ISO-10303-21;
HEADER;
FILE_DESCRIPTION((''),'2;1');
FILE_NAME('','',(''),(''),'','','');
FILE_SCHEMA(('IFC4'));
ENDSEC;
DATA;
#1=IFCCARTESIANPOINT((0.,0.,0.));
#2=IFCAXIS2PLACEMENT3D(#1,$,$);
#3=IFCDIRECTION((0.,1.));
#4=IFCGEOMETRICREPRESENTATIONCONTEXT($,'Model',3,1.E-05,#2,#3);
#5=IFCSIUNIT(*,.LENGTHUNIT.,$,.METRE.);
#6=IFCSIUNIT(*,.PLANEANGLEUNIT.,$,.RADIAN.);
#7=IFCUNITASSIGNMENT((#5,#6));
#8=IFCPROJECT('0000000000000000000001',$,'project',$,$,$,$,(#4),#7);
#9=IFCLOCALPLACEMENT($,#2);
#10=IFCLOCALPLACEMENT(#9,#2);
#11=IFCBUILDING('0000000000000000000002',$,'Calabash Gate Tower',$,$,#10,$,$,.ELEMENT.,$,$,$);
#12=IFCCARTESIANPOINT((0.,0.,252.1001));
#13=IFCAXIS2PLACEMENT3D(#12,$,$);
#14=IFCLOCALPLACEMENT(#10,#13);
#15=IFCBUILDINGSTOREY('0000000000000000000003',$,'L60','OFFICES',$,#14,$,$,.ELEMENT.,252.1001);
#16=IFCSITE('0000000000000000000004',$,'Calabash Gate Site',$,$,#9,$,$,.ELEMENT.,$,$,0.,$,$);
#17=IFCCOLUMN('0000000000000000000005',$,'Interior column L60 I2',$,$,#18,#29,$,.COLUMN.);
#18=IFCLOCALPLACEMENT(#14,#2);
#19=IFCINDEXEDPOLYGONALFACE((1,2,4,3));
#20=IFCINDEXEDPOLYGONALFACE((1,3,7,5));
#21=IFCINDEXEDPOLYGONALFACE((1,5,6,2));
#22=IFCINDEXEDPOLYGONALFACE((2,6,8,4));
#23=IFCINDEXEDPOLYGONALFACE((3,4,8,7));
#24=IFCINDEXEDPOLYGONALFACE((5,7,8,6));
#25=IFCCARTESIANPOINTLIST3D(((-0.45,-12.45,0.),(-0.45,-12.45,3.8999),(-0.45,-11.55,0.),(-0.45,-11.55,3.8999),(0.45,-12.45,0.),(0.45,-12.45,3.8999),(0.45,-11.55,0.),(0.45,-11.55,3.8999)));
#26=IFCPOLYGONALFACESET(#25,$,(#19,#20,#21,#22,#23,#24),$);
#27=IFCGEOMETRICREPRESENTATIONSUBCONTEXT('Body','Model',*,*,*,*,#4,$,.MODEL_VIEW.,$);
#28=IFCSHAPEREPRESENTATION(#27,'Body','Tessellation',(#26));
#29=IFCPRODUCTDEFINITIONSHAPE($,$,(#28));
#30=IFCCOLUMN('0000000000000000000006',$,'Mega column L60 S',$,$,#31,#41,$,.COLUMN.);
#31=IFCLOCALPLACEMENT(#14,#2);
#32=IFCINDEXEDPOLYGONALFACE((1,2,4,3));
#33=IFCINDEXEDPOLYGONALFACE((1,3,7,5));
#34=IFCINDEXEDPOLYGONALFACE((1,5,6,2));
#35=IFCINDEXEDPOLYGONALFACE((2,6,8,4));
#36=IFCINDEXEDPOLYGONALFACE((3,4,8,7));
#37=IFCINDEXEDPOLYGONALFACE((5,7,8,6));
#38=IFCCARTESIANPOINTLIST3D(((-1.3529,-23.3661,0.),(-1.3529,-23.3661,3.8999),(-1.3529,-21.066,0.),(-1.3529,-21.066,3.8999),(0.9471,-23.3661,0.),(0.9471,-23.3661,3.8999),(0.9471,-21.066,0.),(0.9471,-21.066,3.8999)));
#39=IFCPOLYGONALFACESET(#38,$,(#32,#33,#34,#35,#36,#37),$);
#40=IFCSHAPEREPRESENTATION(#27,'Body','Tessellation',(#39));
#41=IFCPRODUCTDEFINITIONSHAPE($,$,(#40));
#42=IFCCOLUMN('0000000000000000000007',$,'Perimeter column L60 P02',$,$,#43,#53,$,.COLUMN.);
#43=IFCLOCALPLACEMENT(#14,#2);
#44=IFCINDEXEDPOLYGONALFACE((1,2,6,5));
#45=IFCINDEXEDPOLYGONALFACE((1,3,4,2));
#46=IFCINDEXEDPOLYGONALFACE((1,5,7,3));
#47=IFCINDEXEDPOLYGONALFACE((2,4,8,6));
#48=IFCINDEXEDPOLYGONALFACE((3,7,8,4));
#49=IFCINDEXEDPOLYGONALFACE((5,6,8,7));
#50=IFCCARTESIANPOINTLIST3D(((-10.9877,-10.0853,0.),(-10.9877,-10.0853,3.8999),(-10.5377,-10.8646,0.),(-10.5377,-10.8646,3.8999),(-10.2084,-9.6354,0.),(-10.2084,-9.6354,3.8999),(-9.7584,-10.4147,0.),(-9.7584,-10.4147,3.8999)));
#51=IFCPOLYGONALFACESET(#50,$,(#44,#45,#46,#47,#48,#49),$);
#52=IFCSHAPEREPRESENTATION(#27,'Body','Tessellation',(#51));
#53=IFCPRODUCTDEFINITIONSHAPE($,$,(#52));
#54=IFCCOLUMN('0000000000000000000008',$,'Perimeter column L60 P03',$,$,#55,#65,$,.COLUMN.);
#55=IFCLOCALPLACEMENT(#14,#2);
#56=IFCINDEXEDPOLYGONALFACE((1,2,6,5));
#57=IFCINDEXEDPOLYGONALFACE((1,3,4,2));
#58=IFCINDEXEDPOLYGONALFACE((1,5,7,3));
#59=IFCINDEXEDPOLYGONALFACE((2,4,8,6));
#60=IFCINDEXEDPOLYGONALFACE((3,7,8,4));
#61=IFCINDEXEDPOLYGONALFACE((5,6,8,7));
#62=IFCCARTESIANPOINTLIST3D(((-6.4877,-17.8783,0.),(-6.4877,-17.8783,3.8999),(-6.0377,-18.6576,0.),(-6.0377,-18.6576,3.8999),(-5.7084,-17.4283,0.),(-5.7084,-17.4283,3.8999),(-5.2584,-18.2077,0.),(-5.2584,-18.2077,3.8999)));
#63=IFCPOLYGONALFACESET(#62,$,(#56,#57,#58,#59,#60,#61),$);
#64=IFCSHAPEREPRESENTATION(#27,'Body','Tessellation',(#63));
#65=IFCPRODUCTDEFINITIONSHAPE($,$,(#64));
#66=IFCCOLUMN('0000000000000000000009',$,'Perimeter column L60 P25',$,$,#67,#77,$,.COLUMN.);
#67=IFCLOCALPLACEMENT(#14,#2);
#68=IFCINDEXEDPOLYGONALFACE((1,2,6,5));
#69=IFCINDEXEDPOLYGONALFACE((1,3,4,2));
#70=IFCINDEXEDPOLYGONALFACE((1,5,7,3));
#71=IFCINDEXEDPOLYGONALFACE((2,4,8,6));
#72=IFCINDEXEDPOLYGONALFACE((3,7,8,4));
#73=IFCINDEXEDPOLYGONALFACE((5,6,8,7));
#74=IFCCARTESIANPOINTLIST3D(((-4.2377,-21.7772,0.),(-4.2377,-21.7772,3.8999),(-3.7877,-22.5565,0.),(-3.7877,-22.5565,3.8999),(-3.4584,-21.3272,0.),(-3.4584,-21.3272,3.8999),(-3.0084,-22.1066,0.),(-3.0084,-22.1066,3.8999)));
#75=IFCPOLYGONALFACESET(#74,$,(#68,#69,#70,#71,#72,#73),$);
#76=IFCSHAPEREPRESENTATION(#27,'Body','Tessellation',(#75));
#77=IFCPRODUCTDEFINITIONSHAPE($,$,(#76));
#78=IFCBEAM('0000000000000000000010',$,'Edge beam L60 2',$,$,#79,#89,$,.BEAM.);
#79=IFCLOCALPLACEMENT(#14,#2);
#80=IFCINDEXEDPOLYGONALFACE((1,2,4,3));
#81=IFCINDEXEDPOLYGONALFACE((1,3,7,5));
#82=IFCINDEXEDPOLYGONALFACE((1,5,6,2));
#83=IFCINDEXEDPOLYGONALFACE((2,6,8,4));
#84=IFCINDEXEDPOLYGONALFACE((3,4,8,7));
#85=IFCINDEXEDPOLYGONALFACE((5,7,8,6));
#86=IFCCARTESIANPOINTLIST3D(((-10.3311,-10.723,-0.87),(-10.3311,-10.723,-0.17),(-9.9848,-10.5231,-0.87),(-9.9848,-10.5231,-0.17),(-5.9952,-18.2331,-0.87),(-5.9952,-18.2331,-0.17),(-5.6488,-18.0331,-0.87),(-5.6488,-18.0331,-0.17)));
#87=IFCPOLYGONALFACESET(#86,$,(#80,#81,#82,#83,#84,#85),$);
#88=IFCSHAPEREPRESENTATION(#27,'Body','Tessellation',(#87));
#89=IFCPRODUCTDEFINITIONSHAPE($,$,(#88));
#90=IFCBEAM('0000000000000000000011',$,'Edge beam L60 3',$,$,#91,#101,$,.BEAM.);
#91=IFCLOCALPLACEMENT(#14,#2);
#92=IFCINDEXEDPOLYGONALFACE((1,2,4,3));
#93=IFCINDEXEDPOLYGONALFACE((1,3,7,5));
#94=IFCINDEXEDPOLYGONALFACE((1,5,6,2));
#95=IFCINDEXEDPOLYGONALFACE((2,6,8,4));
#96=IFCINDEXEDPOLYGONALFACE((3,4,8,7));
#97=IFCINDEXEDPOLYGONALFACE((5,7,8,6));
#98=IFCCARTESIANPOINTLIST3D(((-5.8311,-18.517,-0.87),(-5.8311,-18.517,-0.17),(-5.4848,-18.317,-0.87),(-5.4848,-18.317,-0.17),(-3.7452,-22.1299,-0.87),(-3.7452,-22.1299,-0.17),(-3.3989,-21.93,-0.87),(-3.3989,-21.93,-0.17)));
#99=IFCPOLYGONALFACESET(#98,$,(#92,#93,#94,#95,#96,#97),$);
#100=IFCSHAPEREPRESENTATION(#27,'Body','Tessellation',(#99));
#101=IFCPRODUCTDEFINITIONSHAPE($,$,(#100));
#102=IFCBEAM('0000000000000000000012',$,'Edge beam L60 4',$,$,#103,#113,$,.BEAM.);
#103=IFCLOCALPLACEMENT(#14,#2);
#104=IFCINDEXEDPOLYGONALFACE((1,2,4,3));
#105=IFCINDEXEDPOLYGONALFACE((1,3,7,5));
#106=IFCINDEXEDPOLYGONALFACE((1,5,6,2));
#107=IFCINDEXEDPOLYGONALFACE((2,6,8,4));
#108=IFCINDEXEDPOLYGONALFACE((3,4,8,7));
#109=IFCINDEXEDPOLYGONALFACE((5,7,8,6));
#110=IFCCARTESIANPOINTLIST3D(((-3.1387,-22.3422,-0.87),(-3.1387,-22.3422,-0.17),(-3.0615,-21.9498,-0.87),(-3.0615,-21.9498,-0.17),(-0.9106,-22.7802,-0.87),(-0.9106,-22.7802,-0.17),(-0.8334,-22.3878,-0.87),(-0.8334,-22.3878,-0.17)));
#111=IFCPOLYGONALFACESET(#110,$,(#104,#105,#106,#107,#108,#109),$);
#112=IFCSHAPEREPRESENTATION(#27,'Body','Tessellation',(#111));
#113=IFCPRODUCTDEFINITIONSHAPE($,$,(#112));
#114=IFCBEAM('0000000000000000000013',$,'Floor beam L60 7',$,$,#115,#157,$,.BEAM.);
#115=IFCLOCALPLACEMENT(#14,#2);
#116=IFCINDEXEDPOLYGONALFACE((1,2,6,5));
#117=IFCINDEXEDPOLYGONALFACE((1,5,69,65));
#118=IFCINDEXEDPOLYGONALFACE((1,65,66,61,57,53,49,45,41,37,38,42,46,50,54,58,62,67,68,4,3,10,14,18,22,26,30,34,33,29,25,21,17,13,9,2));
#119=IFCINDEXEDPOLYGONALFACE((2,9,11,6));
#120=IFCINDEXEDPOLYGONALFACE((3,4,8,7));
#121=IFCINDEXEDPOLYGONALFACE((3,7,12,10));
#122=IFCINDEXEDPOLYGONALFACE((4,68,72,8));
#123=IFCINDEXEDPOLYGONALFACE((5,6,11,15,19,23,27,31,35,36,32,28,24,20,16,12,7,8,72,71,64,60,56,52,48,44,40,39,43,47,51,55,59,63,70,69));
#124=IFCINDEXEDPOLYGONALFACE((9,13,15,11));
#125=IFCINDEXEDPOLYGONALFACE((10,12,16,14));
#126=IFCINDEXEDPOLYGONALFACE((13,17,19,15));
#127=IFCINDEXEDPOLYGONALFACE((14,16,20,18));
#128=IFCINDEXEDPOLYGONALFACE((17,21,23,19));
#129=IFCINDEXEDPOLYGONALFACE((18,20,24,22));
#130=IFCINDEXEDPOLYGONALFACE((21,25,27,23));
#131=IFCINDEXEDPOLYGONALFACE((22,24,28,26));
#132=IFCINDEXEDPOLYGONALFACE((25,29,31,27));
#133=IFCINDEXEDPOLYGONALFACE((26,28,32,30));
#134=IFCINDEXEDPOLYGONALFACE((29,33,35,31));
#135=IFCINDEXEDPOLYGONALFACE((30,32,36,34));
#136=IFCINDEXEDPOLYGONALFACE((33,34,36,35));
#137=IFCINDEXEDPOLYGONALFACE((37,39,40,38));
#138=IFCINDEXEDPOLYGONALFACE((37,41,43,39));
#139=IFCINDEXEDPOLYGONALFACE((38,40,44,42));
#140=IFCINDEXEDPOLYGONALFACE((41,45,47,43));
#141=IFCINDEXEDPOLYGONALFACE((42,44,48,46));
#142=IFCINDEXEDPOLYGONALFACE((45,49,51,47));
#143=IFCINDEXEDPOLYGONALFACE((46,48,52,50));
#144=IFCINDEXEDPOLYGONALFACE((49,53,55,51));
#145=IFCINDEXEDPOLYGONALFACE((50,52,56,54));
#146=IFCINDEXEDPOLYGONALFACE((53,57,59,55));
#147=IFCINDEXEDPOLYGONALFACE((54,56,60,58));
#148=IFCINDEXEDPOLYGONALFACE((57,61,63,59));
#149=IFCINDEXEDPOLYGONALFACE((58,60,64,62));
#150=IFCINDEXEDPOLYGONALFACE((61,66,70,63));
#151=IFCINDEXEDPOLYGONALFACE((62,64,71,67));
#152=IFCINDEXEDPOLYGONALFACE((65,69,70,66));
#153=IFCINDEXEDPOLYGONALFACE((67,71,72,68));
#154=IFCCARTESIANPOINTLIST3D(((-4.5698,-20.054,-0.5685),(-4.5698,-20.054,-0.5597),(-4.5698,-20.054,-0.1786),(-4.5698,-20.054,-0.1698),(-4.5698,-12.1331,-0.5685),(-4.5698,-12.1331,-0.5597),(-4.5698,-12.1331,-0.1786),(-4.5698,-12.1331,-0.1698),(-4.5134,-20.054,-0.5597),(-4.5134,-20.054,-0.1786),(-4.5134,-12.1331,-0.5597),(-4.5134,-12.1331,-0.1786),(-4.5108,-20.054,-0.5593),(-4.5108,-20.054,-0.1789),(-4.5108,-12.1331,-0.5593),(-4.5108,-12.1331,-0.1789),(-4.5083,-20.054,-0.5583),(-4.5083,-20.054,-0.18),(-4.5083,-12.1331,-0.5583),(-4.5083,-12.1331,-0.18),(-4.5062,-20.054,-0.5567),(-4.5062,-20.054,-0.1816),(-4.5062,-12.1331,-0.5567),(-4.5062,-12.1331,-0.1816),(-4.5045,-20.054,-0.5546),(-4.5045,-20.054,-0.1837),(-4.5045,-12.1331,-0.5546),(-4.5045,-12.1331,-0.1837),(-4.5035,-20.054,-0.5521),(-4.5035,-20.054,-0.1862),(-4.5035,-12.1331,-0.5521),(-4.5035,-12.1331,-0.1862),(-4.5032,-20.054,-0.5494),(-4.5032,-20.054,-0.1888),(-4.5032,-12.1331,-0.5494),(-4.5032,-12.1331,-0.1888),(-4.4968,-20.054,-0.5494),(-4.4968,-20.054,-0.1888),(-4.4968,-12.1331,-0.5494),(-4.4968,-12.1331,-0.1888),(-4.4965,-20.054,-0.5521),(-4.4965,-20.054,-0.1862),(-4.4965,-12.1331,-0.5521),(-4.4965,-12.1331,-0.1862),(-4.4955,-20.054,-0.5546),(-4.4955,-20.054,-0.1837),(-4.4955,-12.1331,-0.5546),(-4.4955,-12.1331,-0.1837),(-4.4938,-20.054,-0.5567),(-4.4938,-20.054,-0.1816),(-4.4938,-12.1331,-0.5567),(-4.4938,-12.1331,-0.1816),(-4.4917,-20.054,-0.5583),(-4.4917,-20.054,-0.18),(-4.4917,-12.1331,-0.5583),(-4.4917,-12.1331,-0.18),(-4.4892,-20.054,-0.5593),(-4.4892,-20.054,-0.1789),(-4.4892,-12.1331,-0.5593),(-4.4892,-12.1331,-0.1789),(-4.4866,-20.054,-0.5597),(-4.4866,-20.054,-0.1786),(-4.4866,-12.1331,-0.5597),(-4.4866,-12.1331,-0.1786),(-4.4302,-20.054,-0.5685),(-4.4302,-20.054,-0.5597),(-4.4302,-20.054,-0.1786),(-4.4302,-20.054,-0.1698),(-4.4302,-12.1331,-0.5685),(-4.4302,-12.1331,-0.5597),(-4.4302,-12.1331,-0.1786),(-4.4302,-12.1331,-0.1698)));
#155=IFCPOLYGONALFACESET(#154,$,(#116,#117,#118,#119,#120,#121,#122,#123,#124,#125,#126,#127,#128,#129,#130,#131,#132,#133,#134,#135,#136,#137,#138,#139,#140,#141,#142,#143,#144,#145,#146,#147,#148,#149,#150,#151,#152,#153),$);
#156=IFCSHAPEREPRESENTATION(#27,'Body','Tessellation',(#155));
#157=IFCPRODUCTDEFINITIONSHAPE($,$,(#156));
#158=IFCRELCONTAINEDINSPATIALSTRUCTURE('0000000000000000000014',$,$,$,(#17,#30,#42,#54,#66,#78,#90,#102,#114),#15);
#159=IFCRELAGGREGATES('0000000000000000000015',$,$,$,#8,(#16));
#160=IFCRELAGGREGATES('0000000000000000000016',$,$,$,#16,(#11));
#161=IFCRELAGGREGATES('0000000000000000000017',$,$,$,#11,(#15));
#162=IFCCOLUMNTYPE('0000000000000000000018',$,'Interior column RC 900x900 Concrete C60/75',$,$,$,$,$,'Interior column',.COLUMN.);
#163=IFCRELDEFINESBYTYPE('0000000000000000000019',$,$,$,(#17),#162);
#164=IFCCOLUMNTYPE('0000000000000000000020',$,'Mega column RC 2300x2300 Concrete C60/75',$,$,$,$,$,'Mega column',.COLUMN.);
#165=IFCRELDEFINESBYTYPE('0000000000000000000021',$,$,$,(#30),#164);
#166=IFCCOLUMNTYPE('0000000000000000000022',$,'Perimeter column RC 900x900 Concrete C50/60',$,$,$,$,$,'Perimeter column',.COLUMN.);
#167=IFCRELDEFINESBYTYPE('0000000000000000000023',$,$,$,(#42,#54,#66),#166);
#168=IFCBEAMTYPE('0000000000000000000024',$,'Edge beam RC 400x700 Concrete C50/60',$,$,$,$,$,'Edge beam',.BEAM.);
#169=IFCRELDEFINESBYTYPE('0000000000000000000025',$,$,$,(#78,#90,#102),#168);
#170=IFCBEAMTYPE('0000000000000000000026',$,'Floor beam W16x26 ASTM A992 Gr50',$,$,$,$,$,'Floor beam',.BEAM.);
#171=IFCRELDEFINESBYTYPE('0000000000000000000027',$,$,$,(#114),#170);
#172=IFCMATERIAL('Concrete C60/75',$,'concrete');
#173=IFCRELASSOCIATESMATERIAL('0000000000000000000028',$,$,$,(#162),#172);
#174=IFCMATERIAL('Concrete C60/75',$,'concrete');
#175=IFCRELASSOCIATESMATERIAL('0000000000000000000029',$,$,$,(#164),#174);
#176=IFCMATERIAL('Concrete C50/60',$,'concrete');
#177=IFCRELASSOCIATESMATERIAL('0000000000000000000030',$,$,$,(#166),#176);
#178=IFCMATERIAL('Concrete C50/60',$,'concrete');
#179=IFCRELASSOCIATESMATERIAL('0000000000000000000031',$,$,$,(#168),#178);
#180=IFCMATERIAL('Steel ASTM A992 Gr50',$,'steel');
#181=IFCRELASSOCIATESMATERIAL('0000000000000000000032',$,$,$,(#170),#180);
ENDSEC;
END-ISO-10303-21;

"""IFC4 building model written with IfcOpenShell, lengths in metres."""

from ifc_helpers import new_model, si_unit, direction, frame, origin, origin_2d, place, context, subcontext, project, spatial, rectangle, i_section, extrude, material, material_profile, profile_set, type_object, element, save


model = new_model("IFC4")

# Units and contexts
model_context = context("Model", 3, precision=1e-05, world=origin(), true_north=direction((0.0, 1.0)))
body_context = subcontext(model_context, "Body", "Model", "MODEL_VIEW")
ifc_project = project(units=[si_unit("LENGTHUNIT", "METRE"), si_unit("PLANEANGLEUNIT", "RADIAN")], contexts=[model_context])

# Site, building, storey
site_placement = place(None, origin())
site = spatial("IfcSite", under=ifc_project, at=site_placement, Name="Calabash Gate Site", CompositionType="ELEMENT", RefElevation=0.0)
building_placement = place(site_placement, origin())
building = spatial("IfcBuilding", under=site, at=building_placement, Name="Calabash Gate Tower", CompositionType="ELEMENT")
storey_placement = place(building_placement, frame((0.0, 0.0, 252.1001)))
storey = spatial("IfcBuildingStorey", under=building, at=storey_placement, Name="L60", Description="OFFICES", CompositionType="ELEMENT", Elevation=252.1001)

# Columns
ifc_material_1 = material(Name="Concrete C60/75", Category="concrete")
ifc_material_profile_1 = material_profile(ifc_material_1, rectangle(XDim=0.8999, YDim=0.8999, at=origin_2d()))
ifc_profile_set_1 = profile_set([ifc_material_profile_1], Name="Concrete C60/75")
column_type_1 = type_object("IfcColumnType", Name="Interior column RC 900x900 Concrete C60/75", ElementType="Interior column", PredefinedType="COLUMN", material=ifc_profile_set_1)
column_1_placement = place(storey_placement, frame((0.0, -12.0, 0.0), z_axis=(0.0, 0.0, 1.0), x_axis=(1.0, 0.0, 0.0)))
element("IfcColumn", 1, at=column_1_placement, inside=storey, type_object=column_type_1, Name="Interior column L60 I2", PredefinedType="COLUMN", context=body_context, shape_type="SweptSolid", body=[
    extrude(rectangle(XDim=0.8999, YDim=0.8999, at=origin_2d()), origin(), (0.0, 0.0, 1.0), 3.8999),
])
ifc_material_2 = material(Name="Concrete C60/75", Category="concrete")
ifc_material_profile_2 = material_profile(ifc_material_2, rectangle(XDim=2.3, YDim=2.3, at=origin_2d()))
ifc_profile_set_2 = profile_set([ifc_material_profile_2], Name="Concrete C60/75")
column_type_2 = type_object("IfcColumnType", Name="Mega column RC 2300x2300 Concrete C60/75", ElementType="Mega column", PredefinedType="COLUMN", material=ifc_profile_set_2)
column_2_placement = place(storey_placement, frame((-0.2029, -22.2161, 0.0), z_axis=(0.0, 0.0, 1.0), x_axis=(0.0, 1.0, 0.0)))
element("IfcColumn", 2, at=column_2_placement, inside=storey, type_object=column_type_2, Name="Mega column L60 S", PredefinedType="COLUMN", context=body_context, shape_type="SweptSolid", body=[
    extrude(rectangle(XDim=2.3, YDim=2.3, at=origin_2d()), origin(), (0.0, 0.0, 1.0), 3.8999),
])
ifc_material_3 = material(Name="Concrete C50/60", Category="concrete")
ifc_material_profile_3 = material_profile(ifc_material_3, rectangle(XDim=0.8999, YDim=0.8999, at=origin_2d()))
ifc_profile_set_3 = profile_set([ifc_material_profile_3], Name="Concrete C50/60")
column_type_3 = type_object("IfcColumnType", Name="Perimeter column RC 900x900 Concrete C50/60", ElementType="Perimeter column", PredefinedType="COLUMN", material=ifc_profile_set_3)
for number, where, z_axis, x_axis, name in (
    (3, (-10.373, -10.25, 0.0), (0.0, 0.0, 1.0), (0.5, -0.866025, 0.0), "Perimeter column L60 P02"),
    (4, (-5.873, -18.043, 0.0), (0.0, 0.0, 1.0), (0.5, -0.866025, 0.0), "Perimeter column L60 P03"),
    (5, (-3.623, -21.9419, 0.0), (0.0, 0.0, 1.0), (0.5, -0.866025, 0.0), "Perimeter column L60 P25"),
):
    element("IfcColumn", number, at=place(storey_placement, frame(where, z_axis=z_axis, x_axis=x_axis)), inside=storey, type_object=column_type_3, Name=name, PredefinedType="COLUMN", context=body_context, shape_type="SweptSolid", body=[
        extrude(rectangle(XDim=0.8999, YDim=0.8999, at=origin_2d()), origin(), (0.0, 0.0, 1.0), 3.8999),
    ])

# Beams
ifc_material_4 = material(Name="Concrete C50/60", Category="concrete")
ifc_material_profile_4 = material_profile(ifc_material_4, rectangle(XDim=0.3999, YDim=0.7, at=origin_2d()))
ifc_profile_set_4 = profile_set([ifc_material_profile_4], Name="Concrete C50/60")
beam_type_1 = type_object("IfcBeamType", Name="Edge beam RC 400x700 Concrete C50/60", ElementType="Edge beam", PredefinedType="BEAM", material=ifc_profile_set_4)
beam_1_placement = place(storey_placement, frame((-10.158, -10.623, -0.52), z_axis=(0.500003, -0.866024, 0.0), x_axis=(0.866024, 0.500003, 0.0)))
element("IfcBeam", 6, at=beam_1_placement, inside=storey, type_object=beam_type_1, Name="Edge beam L60 2", PredefinedType="BEAM", context=body_context, shape_type="SweptSolid", body=[
    extrude(rectangle(XDim=0.3999, YDim=0.7, at=origin_2d()), origin(), (0.0, 0.0, 1.0), 8.6719),
])
beam_2_placement = place(storey_placement, frame((-5.658, -18.417, -0.52), z_axis=(0.499991, -0.866031, 0.0), x_axis=(0.866031, 0.499991, 0.0)))
element("IfcBeam", 7, at=beam_2_placement, inside=storey, type_object=beam_type_1, Name="Edge beam L60 3", PredefinedType="BEAM", context=body_context, shape_type="SweptSolid", body=[
    extrude(rectangle(XDim=0.3999, YDim=0.7, at=origin_2d()), origin(), (0.0, 0.0, 1.0), 4.1719),
])
beam_3_placement = place(storey_placement, frame((-3.1001, -22.146, -0.52), z_axis=(0.98122, -0.192889, 0.0), x_axis=(0.192889, 0.98122, 0.0)))
element("IfcBeam", 8, at=beam_3_placement, inside=storey, type_object=beam_type_1, Name="Edge beam L60 4", PredefinedType="BEAM", context=body_context, shape_type="SweptSolid", body=[
    extrude(rectangle(XDim=0.3999, YDim=0.7, at=origin_2d()), origin(), (0.0, 0.0, 1.0), 2.2708),
])
ifc_material_5 = material(Name="Steel ASTM A992 Gr50", Category="steel")
ifc_material_profile_5 = material_profile(ifc_material_5, i_section(OverallWidth=0.1396, OverallDepth=0.3987, WebThickness=0.0063, FlangeThickness=0.0088, FilletRadius=0.0103, at=origin_2d()))
ifc_profile_set_5 = profile_set([ifc_material_profile_5], Name="Steel ASTM A992 Gr50")
beam_type_2 = type_object("IfcBeamType", Name="Floor beam W16x26 ASTM A992 Gr50", ElementType="Floor beam", PredefinedType="BEAM", material=ifc_profile_set_5)
beam_4_placement = place(storey_placement, frame((-4.5, -20.054, -0.3691), z_axis=(0.0, 1.0, 0.0), x_axis=(-1.0, 0.0, 0.0)))
element("IfcBeam", 9, at=beam_4_placement, inside=storey, type_object=beam_type_2, Name="Floor beam L60 7", PredefinedType="BEAM", context=body_context, shape_type="SweptSolid", body=[
    extrude(i_section(OverallWidth=0.1396, OverallDepth=0.3987, WebThickness=0.0063, FlangeThickness=0.0088, FilletRadius=0.0103, at=origin_2d()), origin(), (0.0, 0.0, 1.0), 7.9209),
])

save(model, "model.ifc")
